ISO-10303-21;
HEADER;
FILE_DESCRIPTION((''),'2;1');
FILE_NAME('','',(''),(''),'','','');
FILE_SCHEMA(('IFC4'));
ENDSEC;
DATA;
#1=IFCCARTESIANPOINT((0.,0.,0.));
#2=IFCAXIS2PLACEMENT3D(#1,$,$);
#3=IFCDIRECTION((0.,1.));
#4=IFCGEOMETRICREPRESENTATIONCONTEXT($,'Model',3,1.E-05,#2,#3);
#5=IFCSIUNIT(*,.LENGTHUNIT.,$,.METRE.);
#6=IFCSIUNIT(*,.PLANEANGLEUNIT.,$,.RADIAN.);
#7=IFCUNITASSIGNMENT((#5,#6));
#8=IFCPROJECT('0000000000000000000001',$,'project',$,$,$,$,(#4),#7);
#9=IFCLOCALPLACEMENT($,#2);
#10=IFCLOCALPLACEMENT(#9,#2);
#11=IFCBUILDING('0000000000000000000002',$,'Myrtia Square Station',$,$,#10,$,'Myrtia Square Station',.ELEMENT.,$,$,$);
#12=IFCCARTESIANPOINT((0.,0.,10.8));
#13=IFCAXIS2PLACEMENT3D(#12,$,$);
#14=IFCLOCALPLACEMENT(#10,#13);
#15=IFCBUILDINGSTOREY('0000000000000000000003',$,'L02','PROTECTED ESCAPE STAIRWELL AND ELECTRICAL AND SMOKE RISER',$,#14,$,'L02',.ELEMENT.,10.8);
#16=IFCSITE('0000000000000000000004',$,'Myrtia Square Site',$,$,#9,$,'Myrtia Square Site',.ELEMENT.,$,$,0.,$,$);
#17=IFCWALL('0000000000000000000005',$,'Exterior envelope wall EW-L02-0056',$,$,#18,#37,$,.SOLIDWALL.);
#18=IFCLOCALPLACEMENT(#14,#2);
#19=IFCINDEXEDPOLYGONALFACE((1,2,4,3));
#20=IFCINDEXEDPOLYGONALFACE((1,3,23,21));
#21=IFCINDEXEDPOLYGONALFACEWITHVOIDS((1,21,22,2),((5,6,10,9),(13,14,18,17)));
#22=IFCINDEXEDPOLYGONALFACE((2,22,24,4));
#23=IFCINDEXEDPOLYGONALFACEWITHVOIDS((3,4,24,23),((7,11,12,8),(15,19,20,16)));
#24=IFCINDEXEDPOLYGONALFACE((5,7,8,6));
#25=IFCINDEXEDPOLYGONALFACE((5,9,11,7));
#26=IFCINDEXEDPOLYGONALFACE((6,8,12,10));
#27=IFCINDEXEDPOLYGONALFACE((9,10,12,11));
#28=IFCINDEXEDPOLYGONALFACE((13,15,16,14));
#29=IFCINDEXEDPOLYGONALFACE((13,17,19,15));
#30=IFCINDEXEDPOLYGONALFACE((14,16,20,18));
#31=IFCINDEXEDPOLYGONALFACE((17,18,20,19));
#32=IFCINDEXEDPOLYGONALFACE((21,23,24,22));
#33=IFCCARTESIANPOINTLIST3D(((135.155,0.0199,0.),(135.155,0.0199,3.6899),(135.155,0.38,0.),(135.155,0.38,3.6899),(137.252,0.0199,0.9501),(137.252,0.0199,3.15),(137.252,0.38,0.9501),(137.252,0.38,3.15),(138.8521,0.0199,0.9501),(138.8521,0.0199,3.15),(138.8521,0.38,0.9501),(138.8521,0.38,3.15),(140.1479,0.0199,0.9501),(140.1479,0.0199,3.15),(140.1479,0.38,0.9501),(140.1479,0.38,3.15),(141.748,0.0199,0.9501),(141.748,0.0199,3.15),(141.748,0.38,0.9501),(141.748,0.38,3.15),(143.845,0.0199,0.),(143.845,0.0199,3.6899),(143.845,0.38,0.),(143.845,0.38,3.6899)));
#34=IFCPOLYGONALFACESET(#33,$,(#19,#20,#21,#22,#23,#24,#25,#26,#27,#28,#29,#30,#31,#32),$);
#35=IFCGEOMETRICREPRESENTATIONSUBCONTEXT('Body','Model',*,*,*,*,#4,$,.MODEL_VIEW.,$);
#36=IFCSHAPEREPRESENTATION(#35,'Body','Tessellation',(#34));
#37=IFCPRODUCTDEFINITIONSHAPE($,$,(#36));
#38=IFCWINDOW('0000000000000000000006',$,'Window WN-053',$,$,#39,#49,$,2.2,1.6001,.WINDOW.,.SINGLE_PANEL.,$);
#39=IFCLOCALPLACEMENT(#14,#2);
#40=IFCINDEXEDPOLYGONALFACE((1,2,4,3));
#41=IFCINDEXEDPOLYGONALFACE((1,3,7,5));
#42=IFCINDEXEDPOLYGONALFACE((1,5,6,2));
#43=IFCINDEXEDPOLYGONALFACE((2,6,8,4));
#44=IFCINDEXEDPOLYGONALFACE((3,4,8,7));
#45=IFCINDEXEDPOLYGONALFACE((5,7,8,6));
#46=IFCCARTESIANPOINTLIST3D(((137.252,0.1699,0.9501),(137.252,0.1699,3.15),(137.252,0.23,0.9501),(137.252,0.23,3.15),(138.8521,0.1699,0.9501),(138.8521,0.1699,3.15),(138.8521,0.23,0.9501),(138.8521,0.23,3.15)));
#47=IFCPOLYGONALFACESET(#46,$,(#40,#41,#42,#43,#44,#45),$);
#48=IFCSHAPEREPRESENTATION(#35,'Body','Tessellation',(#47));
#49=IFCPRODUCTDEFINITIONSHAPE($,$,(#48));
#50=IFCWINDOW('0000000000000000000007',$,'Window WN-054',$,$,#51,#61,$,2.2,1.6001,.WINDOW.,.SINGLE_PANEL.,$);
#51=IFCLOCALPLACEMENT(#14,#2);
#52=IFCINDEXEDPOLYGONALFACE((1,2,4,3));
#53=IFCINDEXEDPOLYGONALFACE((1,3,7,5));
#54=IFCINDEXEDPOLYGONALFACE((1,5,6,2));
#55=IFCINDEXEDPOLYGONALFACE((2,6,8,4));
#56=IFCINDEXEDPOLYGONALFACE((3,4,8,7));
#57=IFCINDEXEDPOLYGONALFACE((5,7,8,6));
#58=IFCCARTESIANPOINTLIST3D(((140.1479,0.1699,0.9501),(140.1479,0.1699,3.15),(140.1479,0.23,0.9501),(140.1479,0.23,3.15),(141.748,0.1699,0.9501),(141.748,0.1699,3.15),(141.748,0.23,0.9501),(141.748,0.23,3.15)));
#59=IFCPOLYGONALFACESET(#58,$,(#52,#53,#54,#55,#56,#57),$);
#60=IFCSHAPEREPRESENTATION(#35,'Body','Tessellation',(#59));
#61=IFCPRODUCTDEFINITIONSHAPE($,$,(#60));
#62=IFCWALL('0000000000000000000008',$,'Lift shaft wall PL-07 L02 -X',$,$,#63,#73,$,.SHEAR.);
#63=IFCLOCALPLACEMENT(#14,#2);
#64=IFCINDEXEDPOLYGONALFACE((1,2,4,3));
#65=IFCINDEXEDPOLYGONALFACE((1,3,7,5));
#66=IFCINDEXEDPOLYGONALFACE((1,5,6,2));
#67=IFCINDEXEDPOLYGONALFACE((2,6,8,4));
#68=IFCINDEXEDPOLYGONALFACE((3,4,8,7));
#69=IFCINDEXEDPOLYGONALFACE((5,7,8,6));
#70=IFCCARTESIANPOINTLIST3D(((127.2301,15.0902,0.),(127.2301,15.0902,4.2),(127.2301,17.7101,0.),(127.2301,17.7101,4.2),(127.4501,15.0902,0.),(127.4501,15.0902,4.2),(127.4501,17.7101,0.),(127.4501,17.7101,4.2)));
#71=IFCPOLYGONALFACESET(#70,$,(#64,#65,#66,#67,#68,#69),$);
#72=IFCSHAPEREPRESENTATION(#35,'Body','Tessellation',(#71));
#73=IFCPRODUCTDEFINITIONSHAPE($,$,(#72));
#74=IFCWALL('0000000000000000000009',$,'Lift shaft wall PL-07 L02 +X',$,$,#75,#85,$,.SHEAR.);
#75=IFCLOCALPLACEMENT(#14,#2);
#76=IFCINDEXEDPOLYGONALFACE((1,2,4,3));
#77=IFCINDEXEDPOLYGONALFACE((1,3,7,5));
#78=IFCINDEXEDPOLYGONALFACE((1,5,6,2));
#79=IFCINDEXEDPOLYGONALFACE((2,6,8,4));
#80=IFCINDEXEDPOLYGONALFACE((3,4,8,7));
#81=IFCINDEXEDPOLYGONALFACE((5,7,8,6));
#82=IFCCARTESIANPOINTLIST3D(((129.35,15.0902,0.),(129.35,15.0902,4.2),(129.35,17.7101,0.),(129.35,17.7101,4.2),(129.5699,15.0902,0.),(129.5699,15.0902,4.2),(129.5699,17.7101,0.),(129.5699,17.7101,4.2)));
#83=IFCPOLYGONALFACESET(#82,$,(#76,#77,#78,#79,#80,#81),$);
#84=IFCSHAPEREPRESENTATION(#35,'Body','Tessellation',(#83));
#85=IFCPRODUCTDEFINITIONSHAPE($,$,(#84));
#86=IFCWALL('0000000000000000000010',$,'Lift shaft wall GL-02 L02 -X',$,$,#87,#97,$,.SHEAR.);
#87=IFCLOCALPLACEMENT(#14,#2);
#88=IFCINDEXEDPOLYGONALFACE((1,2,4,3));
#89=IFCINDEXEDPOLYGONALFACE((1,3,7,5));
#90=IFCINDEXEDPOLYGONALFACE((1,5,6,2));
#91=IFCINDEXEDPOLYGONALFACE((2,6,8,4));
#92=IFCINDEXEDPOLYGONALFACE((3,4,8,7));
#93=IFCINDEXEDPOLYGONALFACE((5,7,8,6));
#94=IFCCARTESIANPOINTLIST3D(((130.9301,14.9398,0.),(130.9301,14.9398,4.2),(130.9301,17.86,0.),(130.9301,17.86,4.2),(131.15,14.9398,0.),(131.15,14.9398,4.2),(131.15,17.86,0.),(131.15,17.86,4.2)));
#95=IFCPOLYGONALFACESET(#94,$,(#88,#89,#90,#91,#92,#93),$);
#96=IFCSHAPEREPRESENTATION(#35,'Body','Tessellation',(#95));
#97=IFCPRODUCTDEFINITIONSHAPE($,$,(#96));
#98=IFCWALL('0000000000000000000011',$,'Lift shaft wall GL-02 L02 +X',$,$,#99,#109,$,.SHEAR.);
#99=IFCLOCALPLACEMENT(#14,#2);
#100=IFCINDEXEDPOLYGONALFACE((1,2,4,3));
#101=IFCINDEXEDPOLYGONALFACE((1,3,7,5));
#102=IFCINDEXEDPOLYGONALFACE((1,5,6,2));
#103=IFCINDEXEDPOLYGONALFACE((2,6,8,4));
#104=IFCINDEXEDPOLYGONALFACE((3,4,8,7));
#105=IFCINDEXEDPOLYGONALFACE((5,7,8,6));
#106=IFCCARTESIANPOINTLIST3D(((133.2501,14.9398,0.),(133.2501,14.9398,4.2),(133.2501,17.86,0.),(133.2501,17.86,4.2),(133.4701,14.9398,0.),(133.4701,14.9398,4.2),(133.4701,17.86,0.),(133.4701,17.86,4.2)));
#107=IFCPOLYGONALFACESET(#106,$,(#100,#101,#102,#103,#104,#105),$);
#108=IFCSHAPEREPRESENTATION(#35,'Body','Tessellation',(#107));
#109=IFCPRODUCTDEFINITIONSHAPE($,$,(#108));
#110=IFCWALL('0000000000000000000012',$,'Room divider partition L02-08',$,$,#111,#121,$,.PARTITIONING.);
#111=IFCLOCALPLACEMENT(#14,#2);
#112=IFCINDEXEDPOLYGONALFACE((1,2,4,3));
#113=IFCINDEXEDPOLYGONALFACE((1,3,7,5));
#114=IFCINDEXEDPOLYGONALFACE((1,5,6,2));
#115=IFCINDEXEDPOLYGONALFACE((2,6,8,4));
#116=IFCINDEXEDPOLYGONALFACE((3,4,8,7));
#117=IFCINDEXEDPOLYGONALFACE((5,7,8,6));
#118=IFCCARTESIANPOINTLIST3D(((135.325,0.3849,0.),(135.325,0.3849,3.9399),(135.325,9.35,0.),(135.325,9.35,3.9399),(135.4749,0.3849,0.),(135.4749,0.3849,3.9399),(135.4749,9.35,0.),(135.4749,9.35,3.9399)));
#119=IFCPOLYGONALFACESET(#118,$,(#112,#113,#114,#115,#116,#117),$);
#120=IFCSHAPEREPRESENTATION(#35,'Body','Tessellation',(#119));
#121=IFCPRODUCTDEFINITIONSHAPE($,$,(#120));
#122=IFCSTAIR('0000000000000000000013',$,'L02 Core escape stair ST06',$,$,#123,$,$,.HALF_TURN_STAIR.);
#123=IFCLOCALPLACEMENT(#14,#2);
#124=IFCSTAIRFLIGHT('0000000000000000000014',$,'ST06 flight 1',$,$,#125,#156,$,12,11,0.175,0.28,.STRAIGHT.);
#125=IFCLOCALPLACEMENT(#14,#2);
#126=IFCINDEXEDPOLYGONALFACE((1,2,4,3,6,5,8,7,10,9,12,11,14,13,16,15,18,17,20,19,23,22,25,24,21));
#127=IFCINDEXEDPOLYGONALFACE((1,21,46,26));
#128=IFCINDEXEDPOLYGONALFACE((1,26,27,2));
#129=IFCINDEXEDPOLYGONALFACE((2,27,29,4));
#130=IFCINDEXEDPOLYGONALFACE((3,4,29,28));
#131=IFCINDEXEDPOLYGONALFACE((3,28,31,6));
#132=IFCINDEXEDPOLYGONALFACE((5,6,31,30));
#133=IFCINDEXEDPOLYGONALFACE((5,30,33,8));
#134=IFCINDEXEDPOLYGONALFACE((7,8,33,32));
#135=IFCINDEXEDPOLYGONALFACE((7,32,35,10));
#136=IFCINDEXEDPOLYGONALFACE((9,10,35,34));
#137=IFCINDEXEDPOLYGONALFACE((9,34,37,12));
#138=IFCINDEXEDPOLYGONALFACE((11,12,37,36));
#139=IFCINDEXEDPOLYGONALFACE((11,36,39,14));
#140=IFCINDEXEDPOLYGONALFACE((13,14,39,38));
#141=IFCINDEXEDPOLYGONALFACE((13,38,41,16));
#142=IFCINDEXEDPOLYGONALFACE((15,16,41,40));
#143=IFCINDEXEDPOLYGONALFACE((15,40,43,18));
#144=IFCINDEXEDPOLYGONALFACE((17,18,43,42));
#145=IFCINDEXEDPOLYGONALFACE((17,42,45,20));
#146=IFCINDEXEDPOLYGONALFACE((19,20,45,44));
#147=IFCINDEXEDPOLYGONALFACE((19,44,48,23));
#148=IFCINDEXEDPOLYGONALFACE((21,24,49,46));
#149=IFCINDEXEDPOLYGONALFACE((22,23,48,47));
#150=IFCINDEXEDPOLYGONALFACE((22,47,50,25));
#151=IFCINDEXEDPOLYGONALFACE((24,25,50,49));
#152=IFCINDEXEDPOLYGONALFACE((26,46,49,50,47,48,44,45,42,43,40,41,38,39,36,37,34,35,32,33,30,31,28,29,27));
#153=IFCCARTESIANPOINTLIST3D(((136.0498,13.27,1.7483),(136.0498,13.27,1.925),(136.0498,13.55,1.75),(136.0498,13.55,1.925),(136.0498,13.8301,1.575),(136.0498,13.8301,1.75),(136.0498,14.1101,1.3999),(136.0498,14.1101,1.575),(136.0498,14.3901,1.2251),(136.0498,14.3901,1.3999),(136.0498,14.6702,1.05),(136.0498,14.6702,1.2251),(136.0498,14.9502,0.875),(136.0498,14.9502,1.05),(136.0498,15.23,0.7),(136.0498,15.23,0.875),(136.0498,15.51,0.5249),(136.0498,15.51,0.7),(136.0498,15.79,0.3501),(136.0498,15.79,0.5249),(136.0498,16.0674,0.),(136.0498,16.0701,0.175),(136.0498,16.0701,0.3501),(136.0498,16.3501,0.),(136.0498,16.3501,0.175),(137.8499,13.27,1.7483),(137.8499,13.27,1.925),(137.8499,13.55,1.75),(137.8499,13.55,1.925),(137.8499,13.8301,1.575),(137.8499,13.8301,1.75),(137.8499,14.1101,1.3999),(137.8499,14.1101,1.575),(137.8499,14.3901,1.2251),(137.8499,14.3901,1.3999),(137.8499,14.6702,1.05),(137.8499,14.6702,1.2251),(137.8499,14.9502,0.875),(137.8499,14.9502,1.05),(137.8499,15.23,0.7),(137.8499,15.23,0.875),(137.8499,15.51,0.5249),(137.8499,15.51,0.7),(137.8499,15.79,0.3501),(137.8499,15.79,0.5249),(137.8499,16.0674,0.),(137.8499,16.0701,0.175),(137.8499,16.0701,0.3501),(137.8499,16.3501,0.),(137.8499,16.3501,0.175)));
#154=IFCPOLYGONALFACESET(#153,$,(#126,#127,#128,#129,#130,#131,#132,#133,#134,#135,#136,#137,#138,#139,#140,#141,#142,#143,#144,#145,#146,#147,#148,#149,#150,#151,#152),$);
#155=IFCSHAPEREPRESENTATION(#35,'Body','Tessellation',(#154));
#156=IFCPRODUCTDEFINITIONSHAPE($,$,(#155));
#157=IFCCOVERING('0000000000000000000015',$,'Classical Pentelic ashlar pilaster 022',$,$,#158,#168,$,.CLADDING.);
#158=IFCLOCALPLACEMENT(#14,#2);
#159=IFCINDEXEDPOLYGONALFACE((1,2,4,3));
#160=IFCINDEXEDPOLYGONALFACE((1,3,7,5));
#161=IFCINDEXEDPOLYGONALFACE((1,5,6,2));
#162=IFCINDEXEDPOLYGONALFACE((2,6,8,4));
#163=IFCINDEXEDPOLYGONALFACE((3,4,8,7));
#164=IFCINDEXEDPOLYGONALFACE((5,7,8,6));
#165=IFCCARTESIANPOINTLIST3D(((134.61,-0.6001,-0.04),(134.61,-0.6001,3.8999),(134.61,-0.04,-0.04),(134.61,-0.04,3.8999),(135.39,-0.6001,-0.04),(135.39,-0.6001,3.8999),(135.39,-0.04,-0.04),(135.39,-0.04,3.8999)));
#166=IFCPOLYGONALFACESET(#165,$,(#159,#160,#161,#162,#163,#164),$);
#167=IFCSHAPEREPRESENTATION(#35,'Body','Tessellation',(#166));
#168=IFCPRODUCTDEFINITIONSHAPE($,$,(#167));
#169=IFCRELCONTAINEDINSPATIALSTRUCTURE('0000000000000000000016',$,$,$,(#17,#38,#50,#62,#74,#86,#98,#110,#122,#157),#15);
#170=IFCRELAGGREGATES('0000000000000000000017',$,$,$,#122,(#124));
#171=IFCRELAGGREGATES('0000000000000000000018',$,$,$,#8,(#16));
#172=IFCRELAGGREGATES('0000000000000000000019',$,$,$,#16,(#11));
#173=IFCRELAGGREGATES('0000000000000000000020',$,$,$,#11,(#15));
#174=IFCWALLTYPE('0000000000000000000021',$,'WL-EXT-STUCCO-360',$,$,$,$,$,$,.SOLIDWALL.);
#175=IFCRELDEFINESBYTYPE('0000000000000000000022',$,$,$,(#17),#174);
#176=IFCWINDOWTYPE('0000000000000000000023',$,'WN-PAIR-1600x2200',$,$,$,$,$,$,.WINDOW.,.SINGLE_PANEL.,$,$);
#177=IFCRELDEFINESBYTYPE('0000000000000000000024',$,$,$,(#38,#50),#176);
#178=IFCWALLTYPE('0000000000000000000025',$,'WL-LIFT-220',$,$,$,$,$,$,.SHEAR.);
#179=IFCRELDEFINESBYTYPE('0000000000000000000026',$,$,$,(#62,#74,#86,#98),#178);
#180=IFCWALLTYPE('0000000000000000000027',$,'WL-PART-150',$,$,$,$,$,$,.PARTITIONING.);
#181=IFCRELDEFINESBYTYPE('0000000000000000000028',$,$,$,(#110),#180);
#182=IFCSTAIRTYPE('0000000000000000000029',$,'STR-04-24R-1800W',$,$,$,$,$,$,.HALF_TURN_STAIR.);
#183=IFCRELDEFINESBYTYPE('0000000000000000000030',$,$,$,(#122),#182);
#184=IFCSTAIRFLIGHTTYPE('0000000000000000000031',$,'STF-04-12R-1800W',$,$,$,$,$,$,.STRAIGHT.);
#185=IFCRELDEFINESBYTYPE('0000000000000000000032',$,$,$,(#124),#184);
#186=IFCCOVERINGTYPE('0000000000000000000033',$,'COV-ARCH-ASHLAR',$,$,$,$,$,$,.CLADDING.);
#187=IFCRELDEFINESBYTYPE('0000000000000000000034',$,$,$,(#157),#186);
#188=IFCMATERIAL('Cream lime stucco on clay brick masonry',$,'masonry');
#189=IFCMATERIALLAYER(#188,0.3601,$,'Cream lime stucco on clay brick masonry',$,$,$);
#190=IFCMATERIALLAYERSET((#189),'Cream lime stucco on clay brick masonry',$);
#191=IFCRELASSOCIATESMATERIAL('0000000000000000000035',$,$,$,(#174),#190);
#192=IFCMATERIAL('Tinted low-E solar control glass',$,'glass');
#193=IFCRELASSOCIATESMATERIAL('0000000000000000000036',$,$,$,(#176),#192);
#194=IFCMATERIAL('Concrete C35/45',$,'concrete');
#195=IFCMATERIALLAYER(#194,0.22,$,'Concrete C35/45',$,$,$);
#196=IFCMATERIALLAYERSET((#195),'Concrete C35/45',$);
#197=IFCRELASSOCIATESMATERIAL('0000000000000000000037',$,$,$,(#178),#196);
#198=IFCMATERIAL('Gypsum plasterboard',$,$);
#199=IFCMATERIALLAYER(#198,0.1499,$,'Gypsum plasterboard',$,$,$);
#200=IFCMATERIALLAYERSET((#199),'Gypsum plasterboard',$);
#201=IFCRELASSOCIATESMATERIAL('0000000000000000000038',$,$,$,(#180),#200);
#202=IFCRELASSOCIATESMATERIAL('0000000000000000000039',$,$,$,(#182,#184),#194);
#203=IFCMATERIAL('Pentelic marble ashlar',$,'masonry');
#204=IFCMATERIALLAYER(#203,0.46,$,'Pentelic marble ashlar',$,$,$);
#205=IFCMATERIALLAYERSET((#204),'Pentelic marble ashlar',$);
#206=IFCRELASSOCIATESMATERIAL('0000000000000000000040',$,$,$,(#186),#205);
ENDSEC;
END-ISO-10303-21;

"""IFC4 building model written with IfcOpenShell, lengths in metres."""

from ifc_helpers import new_model, si_unit, direction, frame, frame_2d, origin, origin_2d, place, context, subcontext, project, spatial, polyline, rectangle, outline, extrude, material, layer, layer_set, type_object, element, fill, aggregate, save


model = new_model("IFC4")

# Units and contexts
model_context = context("Model", 3, precision=1e-05, world=origin(), true_north=direction((0.0, 1.0)))
body_context = subcontext(model_context, "Body", "Model", "MODEL_VIEW")
ifc_project = project(units=[si_unit("LENGTHUNIT", "METRE"), si_unit("PLANEANGLEUNIT", "RADIAN")], contexts=[model_context])

# Site, building, storey
site_placement = place(None, origin())
site = spatial("IfcSite", under=ifc_project, at=site_placement, Name="Myrtia Square Site", LongName="Myrtia Square Site", CompositionType="ELEMENT", RefElevation=0.0)
building_placement = place(site_placement, origin())
building = spatial("IfcBuilding", under=site, at=building_placement, Name="Myrtia Square Station", LongName="Myrtia Square Station", CompositionType="ELEMENT")
storey_placement = place(building_placement, frame((0.0, 0.0, 10.8)))
storey = spatial("IfcBuildingStorey", under=building, at=storey_placement, Name="L02", Description="PROTECTED ESCAPE STAIRWELL AND ELECTRICAL AND SMOKE RISER", LongName="L02", CompositionType="ELEMENT", Elevation=10.8)

# Shared definitions
ifc_material_1 = material(Name="Concrete C35/45", Category="concrete")

# Wall, openings, windows
ifc_material_2 = material(Name="Cream lime stucco on clay brick masonry", Category="masonry")
ifc_layer_1 = layer(ifc_material_2, 0.3601, Name="Cream lime stucco on clay brick masonry")
ifc_layer_set_1 = layer_set([ifc_layer_1], Name="Cream lime stucco on clay brick masonry")
wall_type_1 = type_object("IfcWallType", Name="WL-EXT-STUCCO-360", PredefinedType="SOLIDWALL", material=ifc_layer_set_1)
wall_1_placement = place(storey_placement, frame((135.155, 0.2, 0.0), z_axis=(0.0, 0.0, 1.0), x_axis=(1.0, 0.0, 0.0)))
wall_1 = element("IfcWall", 1, at=wall_1_placement, inside=storey, type_object=wall_type_1, Name="Exterior envelope wall EW-L02-0056", PredefinedType="SOLIDWALL", context=body_context, shape_type="SweptSolid", body=[
    extrude(rectangle(XDim=8.6899, YDim=0.3601, at=frame_2d((4.345, 0.0))), origin(), (0.0, 0.0, 1.0), 3.6899),
])
opening_1_placement = place(wall_1_placement, frame((2.0969, 0.0, 0.95)))
opening_1 = element("IfcOpeningElement", 2, at=opening_1_placement, cuts=wall_1, PredefinedType="OPENING", context=body_context, shape_type="SweptSolid", body=[
    extrude(rectangle(XDim=1.6001, YDim=2.2, at=frame_2d((0.8, 1.1001))), frame((0.0, 0.1951, 0.0), z_axis=(0.0, -1.0, 0.0), x_axis=(1.0, 0.0, 0.0)), (0.0, 0.0, 1.0), 0.3901),
])
opening_2_placement = place(wall_1_placement, frame((4.9929, 0.0, 0.95)))
opening_2 = element("IfcOpeningElement", 3, at=opening_2_placement, cuts=wall_1, PredefinedType="OPENING", context=body_context, shape_type="SweptSolid", body=[
    extrude(rectangle(XDim=1.6001, YDim=2.2, at=frame_2d((0.8, 1.1001))), frame((0.0, 0.1951, 0.0), z_axis=(0.0, -1.0, 0.0), x_axis=(1.0, 0.0, 0.0)), (0.0, 0.0, 1.0), 0.3901),
])
ifc_material_3 = material(Name="Tinted low-E solar control glass", Category="glass")
window_type = type_object("IfcWindowType", Name="WN-PAIR-1600x2200", PartitioningType="SINGLE_PANEL", PredefinedType="WINDOW", material=ifc_material_3)
window_1_placement = place(opening_1_placement, origin())
window_1 = element("IfcWindow", 4, at=window_1_placement, inside=storey, type_object=window_type, Name="Window WN-053", OverallHeight=2.2, OverallWidth=1.6001, PartitioningType="SINGLE_PANEL", PredefinedType="WINDOW", context=body_context, shape_type="SweptSolid", body=[
    extrude(rectangle(XDim=1.6001, YDim=2.2, at=frame_2d((0.8, 1.1001))), frame((0.0, 0.03, 0.0), z_axis=(0.0, -1.0, 0.0), x_axis=(1.0, 0.0, 0.0)), (0.0, 0.0, 1.0), 0.0601),
])
fill(opening_1, window_1)
window_2_placement = place(opening_2_placement, origin())
window_2 = element("IfcWindow", 5, at=window_2_placement, inside=storey, type_object=window_type, Name="Window WN-054", OverallHeight=2.2, OverallWidth=1.6001, PartitioningType="SINGLE_PANEL", PredefinedType="WINDOW", context=body_context, shape_type="SweptSolid", body=[
    extrude(rectangle(XDim=1.6001, YDim=2.2, at=frame_2d((0.8, 1.1001))), frame((0.0, 0.03, 0.0), z_axis=(0.0, -1.0, 0.0), x_axis=(1.0, 0.0, 0.0)), (0.0, 0.0, 1.0), 0.0601),
])
fill(opening_2, window_2)

# Walls
ifc_layer_2 = layer(ifc_material_1, 0.22, Name="Concrete C35/45")
ifc_layer_set_2 = layer_set([ifc_layer_2], Name="Concrete C35/45")
wall_type_2 = type_object("IfcWallType", Name="WL-LIFT-220", PredefinedType="SHEAR", material=ifc_layer_set_2)
for number, where, z_axis, x_axis, name in (
    (6, (127.3401, 15.0901, 0.0), (0.0, 0.0, 1.0), (0.0, 1.0, 0.0), "Lift shaft wall PL-07 L02 -X"),
    (7, (129.46, 15.0901, 0.0), (0.0, 0.0, 1.0), (0.0, 1.0, 0.0), "Lift shaft wall PL-07 L02 +X"),
):
    element("IfcWall", number, at=place(storey_placement, frame(where, z_axis=z_axis, x_axis=x_axis)), inside=storey, type_object=wall_type_2, Name=name, PredefinedType="SHEAR", context=body_context, shape_type="SweptSolid", body=[
        extrude(rectangle(XDim=2.6199, YDim=0.22, at=frame_2d((1.3101, 0.0))), origin(), (0.0, 0.0, 1.0), 4.2),
    ])
for number, where, z_axis, x_axis, name in (
    (8, (131.04, 14.9399, 0.0), (0.0, 0.0, 1.0), (0.0, 1.0, 0.0), "Lift shaft wall GL-02 L02 -X"),
    (9, (133.3601, 14.9399, 0.0), (0.0, 0.0, 1.0), (0.0, 1.0, 0.0), "Lift shaft wall GL-02 L02 +X"),
):
    element("IfcWall", number, at=place(storey_placement, frame(where, z_axis=z_axis, x_axis=x_axis)), inside=storey, type_object=wall_type_2, Name=name, PredefinedType="SHEAR", context=body_context, shape_type="SweptSolid", body=[
        extrude(rectangle(XDim=2.9202, YDim=0.22, at=frame_2d((1.46, 0.0))), origin(), (0.0, 0.0, 1.0), 4.2),
    ])
ifc_material_4 = material(Name="Gypsum plasterboard")
ifc_layer_3 = layer(ifc_material_4, 0.1499, Name="Gypsum plasterboard")
ifc_layer_set_3 = layer_set([ifc_layer_3], Name="Gypsum plasterboard")
wall_type_3 = type_object("IfcWallType", Name="WL-PART-150", PredefinedType="PARTITIONING", material=ifc_layer_set_3)
wall_2_placement = place(storey_placement, frame((135.3999, 0.385, 0.0), z_axis=(0.0, 0.0, 1.0), x_axis=(0.0, 1.0, 0.0)))
element("IfcWall", 10, at=wall_2_placement, inside=storey, type_object=wall_type_3, Name="Room divider partition L02-08", PredefinedType="PARTITIONING", context=body_context, shape_type="SweptSolid", body=[
    extrude(rectangle(XDim=8.9651, YDim=0.1499, at=frame_2d((4.4824, 0.0))), origin(), (0.0, 0.0, 1.0), 3.9399),
])

# Stair, stair flight
stair_type = type_object("IfcStairType", Name="STR-04-24R-1800W", PredefinedType="HALF_TURN_STAIR", material=ifc_material_1)
stair_placement = place(storey_placement, origin())
stair = element("IfcStair", 11, at=stair_placement, inside=storey, type_object=stair_type, Name="L02 Core escape stair ST06", PredefinedType="HALF_TURN_STAIR")
stair_flight_type = type_object("IfcStairFlightType", Name="STF-04-12R-1800W", PredefinedType="STRAIGHT", material=ifc_material_1)
stair_flight_placement = place(storey_placement, frame((136.95, 16.3501, 0.0), z_axis=(0.0, 0.0, 1.0), x_axis=(0.0, -1.0, 0.0)))
stair_flight = element("IfcStairFlight", 12, at=stair_flight_placement, type_object=stair_flight_type, Name="ST06 flight 1", NumberOfRisers=12, NumberOfTreads=11, PredefinedType="STRAIGHT", RiserHeight=0.175, TreadLength=0.28, context=body_context, shape_type="SweptSolid", body=[
    extrude(outline(polyline([(0.0, 0.0), (0.0, 0.175), (0.28, 0.175), (0.28, 0.3501), (0.5601, 0.3501), (0.5601, 0.5249), (0.8401, 0.5249), (0.8401, 0.7), (1.1201, 0.7), (1.1201, 0.875), (1.3999, 0.875), (1.3999, 1.05), (1.6799, 1.05), (1.6799, 1.2251), (1.96, 1.2251), (1.96, 1.3999), (2.24, 1.3999), (2.24, 1.575), (2.52, 1.575), (2.52, 1.75), (2.8, 1.75), (2.8, 1.925), (3.0801, 1.925), (3.0801, 2.1001), (3.0801, 1.7483), (0.2827, 0.0), (0.0, 0.0)])), frame((0.0, 0.8999, 0.0), z_axis=(0.0, -1.0, 0.0), x_axis=(1.0, 0.0, 0.0)), (0.0, 0.0, 1.0), 1.8),
])
aggregate(stair, [stair_flight])

# Covering
ifc_material_5 = material(Name="Pentelic marble ashlar", Category="masonry")
ifc_layer_4 = layer(ifc_material_5, 0.46, Name="Pentelic marble ashlar")
ifc_layer_set_4 = layer_set([ifc_layer_4], Name="Pentelic marble ashlar")
covering_type = type_object("IfcCoveringType", Name="COV-ARCH-ASHLAR", PredefinedType="CLADDING", material=ifc_layer_set_4)
covering_placement = place(storey_placement, frame((135.0, -0.3201, -0.04), z_axis=(0.0, 0.0, 1.0), x_axis=(1.0, 0.0, 0.0)))
element("IfcCovering", 13, at=covering_placement, inside=storey, type_object=covering_type, Name="Classical Pentelic ashlar pilaster 022", PredefinedType="CLADDING", context=body_context, shape_type="SweptSolid", body=[
    extrude(rectangle(XDim=0.78, YDim=0.5601, at=origin_2d()), origin(), (0.0, 0.0, 1.0), 3.9399),
])

save(model, "model.ifc")
